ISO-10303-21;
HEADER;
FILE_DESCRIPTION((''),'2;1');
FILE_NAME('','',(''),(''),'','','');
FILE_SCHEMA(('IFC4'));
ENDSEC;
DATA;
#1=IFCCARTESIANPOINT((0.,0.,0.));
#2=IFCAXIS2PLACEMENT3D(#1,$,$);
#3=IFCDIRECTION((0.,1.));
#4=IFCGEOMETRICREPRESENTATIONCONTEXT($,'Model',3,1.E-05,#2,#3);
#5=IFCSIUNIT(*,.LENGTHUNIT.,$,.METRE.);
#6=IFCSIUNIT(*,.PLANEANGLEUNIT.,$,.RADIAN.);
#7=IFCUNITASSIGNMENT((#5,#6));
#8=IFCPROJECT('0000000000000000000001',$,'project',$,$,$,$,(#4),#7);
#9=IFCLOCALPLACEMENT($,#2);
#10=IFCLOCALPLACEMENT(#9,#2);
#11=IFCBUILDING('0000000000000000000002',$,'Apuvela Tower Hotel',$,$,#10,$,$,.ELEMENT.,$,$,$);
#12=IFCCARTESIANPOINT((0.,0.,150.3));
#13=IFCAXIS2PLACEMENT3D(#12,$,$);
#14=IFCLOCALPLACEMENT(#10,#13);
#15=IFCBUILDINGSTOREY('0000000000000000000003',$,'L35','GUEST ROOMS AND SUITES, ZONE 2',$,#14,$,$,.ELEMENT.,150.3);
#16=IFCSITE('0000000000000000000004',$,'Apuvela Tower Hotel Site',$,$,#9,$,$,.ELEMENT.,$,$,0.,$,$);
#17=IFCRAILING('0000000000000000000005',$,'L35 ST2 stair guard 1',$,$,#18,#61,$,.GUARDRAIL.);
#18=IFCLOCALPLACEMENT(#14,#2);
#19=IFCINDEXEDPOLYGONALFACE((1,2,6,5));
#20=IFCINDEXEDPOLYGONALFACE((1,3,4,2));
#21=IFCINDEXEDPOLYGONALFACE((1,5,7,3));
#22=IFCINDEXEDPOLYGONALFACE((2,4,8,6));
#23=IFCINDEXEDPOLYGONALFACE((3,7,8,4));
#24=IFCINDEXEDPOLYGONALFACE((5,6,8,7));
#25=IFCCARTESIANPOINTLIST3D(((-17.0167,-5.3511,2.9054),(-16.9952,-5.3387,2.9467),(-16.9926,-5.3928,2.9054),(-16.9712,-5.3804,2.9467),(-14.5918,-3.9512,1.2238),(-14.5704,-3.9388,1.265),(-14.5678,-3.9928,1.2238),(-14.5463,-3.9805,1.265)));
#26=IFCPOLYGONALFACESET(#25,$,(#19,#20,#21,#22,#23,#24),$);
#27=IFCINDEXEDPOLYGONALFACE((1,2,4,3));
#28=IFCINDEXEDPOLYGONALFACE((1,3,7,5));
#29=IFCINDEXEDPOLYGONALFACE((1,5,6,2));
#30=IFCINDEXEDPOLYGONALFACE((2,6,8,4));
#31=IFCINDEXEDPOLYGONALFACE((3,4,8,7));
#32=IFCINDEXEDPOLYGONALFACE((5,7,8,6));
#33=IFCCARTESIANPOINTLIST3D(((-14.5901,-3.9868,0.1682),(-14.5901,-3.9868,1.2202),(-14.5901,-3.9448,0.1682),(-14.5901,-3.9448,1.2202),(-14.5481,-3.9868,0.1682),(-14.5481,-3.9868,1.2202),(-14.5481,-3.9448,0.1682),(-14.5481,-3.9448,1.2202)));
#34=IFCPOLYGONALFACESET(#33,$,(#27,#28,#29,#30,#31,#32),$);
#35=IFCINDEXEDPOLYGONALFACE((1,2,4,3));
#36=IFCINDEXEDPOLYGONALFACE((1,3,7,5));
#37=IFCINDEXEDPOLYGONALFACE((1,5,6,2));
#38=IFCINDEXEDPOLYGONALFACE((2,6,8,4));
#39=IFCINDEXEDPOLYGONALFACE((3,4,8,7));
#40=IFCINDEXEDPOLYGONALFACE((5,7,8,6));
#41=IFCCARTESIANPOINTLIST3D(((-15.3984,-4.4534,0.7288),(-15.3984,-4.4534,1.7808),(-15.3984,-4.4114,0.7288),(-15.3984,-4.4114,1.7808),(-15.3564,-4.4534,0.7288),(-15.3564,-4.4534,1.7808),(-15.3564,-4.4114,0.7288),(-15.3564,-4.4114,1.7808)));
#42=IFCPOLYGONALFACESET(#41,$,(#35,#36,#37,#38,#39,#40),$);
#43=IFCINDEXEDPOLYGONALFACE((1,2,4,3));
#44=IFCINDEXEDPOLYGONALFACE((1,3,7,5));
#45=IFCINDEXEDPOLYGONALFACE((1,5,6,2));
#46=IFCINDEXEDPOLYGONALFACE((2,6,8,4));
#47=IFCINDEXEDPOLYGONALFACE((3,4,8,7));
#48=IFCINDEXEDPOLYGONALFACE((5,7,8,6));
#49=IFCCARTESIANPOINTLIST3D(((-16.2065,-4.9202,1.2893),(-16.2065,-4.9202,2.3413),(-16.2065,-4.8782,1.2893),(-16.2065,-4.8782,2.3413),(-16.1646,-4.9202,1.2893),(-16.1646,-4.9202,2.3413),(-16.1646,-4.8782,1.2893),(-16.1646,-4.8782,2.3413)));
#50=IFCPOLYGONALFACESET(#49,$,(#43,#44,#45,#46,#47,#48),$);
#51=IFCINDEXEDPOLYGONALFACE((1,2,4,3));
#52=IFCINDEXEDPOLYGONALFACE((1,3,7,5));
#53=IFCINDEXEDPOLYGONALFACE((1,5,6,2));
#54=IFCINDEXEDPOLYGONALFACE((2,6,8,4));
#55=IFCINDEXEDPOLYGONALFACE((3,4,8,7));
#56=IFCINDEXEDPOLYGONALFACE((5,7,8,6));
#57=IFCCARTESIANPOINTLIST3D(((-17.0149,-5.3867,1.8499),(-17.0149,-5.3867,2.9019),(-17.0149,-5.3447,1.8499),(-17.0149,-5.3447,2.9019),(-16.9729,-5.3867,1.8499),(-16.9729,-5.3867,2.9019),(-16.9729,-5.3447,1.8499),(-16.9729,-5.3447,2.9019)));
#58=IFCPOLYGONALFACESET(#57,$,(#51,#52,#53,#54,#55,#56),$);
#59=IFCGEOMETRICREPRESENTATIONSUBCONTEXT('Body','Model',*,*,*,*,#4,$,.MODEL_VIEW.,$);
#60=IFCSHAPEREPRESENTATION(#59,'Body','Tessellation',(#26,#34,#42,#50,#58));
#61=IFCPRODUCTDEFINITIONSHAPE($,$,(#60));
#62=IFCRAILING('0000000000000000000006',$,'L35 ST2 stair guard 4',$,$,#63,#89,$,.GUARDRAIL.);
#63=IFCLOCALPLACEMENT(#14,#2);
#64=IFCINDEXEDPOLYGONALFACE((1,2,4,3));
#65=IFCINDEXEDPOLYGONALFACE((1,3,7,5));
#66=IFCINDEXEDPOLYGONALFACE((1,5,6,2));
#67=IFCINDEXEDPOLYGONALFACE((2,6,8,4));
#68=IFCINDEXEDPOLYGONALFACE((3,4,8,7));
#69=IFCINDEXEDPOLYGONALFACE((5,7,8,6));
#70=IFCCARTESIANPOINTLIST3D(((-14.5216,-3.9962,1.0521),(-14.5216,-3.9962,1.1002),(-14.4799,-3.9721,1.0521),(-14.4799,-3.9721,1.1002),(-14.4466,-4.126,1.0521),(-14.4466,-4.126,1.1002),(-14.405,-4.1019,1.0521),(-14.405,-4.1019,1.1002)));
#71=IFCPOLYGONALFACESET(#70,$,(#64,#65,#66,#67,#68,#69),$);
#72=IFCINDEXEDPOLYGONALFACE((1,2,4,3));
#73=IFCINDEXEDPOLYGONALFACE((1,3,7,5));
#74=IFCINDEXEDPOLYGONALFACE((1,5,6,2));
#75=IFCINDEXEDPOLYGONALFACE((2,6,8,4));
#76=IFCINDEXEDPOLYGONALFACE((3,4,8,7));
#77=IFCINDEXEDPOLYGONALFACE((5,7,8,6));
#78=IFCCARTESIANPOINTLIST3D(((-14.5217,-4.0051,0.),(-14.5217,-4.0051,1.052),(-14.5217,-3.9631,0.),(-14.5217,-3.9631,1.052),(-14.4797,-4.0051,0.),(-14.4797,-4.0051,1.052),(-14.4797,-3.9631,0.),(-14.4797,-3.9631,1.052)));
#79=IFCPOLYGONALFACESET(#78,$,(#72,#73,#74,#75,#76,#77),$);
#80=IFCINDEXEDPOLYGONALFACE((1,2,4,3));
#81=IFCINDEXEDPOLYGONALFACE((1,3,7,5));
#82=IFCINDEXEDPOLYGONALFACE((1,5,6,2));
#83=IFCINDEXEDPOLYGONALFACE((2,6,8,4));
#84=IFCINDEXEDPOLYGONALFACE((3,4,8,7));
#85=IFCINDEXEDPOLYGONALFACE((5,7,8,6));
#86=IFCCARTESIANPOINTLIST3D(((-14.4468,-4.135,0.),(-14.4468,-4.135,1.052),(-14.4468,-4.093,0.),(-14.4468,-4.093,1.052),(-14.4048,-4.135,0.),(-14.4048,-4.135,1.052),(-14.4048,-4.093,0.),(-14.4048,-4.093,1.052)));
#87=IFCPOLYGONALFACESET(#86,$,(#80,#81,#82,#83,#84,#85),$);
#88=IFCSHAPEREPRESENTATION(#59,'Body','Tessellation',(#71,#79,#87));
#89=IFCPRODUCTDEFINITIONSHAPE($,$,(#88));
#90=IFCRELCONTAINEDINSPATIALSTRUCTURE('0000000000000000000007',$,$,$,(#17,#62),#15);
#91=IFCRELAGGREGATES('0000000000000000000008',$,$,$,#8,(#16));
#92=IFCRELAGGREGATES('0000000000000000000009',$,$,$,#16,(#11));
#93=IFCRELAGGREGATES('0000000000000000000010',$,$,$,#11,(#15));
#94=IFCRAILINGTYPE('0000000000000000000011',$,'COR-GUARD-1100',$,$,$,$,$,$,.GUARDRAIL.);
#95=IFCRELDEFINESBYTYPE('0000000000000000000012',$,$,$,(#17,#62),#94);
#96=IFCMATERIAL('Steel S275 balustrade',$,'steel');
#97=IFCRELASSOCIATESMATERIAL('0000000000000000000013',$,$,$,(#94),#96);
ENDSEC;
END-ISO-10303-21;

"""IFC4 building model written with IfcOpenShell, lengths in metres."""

from ifc_helpers import new_model, si_unit, direction, frame, origin, origin_2d, place, context, subcontext, project, spatial, rectangle, extrude, material, type_object, element, save


model = new_model("IFC4")

# Units and contexts
model_context = context("Model", 3, precision=1e-05, world=origin(), true_north=direction((0.0, 1.0)))
body_context = subcontext(model_context, "Body", "Model", "MODEL_VIEW")
ifc_project = project(units=[si_unit("LENGTHUNIT", "METRE"), si_unit("PLANEANGLEUNIT", "RADIAN")], contexts=[model_context])

# Site, building, storey
site_placement = place(None, origin())
site = spatial("IfcSite", under=ifc_project, at=site_placement, Name="Apuvela Tower Hotel Site", CompositionType="ELEMENT", RefElevation=0.0)
building_placement = place(site_placement, origin())
building = spatial("IfcBuilding", under=site, at=building_placement, Name="Apuvela Tower Hotel", CompositionType="ELEMENT")
storey_placement = place(building_placement, frame((0.0, 0.0, 150.3)))
storey = spatial("IfcBuildingStorey", under=building, at=storey_placement, Name="L35", Description="GUEST ROOMS AND SUITES, ZONE 2", CompositionType="ELEMENT", Elevation=150.3)

# Railings
ifc_material_1 = material(Name="Steel S275 balustrade", Category="steel")
railing_type = type_object("IfcRailingType", Name="COR-GUARD-1100", PredefinedType="GUARDRAIL", material=ifc_material_1)
railing_1_placement = place(storey_placement, frame((-14.5691, -3.9658, 0.1682)))
element("IfcRailing", 1, at=railing_1_placement, inside=storey, type_object=railing_type, Name="L35 ST2 stair guard 1", PredefinedType="GUARDRAIL", context=body_context, shape_type="SweptSolid", body=[
    extrude(rectangle(XDim=0.0481, YDim=0.0481, at=origin_2d()), frame((0.0, 0.0, 1.0762), z_axis=(-0.742419, -0.428618, 0.514879), x_axis=(0.499984, -0.866035, 0.0)), (0.0, 0.0, 1.0), 3.2661),
    extrude(rectangle(XDim=0.042, YDim=0.042, at=origin_2d()), origin(), (0.0, 0.0, 1.0), 1.052),
    extrude(rectangle(XDim=0.042, YDim=0.042, at=origin_2d()), frame((-0.8083, -0.4666, 0.5605)), (0.0, 0.0, 1.0), 1.052),
    extrude(rectangle(XDim=0.042, YDim=0.042, at=origin_2d()), frame((-1.6165, -0.9333, 1.1211)), (0.0, 0.0, 1.0), 1.052),
    extrude(rectangle(XDim=0.042, YDim=0.042, at=origin_2d()), frame((-2.4248, -1.3999, 1.6816)), (0.0, 0.0, 1.0), 1.052),
])
railing_2_placement = place(storey_placement, frame((-14.5007, -3.9841, 0.0)))
element("IfcRailing", 2, at=railing_2_placement, inside=storey, type_object=railing_type, Name="L35 ST2 stair guard 4", PredefinedType="GUARDRAIL", context=body_context, shape_type="SweptSolid", body=[
    extrude(rectangle(XDim=0.0481, YDim=0.0481, at=origin_2d()), frame((0.0, 0.0, 1.0762), z_axis=(0.499816, -0.866131, 0.0), x_axis=(0.866131, 0.499816, 0.0)), (0.0, 0.0, 1.0), 0.1499),
    extrude(rectangle(XDim=0.042, YDim=0.042, at=origin_2d()), origin(), (0.0, 0.0, 1.0), 1.052),
    extrude(rectangle(XDim=0.042, YDim=0.042, at=origin_2d()), frame((0.075, -0.1299, 0.0)), (0.0, 0.0, 1.0), 1.052),
])

save(model, "model.ifc")
